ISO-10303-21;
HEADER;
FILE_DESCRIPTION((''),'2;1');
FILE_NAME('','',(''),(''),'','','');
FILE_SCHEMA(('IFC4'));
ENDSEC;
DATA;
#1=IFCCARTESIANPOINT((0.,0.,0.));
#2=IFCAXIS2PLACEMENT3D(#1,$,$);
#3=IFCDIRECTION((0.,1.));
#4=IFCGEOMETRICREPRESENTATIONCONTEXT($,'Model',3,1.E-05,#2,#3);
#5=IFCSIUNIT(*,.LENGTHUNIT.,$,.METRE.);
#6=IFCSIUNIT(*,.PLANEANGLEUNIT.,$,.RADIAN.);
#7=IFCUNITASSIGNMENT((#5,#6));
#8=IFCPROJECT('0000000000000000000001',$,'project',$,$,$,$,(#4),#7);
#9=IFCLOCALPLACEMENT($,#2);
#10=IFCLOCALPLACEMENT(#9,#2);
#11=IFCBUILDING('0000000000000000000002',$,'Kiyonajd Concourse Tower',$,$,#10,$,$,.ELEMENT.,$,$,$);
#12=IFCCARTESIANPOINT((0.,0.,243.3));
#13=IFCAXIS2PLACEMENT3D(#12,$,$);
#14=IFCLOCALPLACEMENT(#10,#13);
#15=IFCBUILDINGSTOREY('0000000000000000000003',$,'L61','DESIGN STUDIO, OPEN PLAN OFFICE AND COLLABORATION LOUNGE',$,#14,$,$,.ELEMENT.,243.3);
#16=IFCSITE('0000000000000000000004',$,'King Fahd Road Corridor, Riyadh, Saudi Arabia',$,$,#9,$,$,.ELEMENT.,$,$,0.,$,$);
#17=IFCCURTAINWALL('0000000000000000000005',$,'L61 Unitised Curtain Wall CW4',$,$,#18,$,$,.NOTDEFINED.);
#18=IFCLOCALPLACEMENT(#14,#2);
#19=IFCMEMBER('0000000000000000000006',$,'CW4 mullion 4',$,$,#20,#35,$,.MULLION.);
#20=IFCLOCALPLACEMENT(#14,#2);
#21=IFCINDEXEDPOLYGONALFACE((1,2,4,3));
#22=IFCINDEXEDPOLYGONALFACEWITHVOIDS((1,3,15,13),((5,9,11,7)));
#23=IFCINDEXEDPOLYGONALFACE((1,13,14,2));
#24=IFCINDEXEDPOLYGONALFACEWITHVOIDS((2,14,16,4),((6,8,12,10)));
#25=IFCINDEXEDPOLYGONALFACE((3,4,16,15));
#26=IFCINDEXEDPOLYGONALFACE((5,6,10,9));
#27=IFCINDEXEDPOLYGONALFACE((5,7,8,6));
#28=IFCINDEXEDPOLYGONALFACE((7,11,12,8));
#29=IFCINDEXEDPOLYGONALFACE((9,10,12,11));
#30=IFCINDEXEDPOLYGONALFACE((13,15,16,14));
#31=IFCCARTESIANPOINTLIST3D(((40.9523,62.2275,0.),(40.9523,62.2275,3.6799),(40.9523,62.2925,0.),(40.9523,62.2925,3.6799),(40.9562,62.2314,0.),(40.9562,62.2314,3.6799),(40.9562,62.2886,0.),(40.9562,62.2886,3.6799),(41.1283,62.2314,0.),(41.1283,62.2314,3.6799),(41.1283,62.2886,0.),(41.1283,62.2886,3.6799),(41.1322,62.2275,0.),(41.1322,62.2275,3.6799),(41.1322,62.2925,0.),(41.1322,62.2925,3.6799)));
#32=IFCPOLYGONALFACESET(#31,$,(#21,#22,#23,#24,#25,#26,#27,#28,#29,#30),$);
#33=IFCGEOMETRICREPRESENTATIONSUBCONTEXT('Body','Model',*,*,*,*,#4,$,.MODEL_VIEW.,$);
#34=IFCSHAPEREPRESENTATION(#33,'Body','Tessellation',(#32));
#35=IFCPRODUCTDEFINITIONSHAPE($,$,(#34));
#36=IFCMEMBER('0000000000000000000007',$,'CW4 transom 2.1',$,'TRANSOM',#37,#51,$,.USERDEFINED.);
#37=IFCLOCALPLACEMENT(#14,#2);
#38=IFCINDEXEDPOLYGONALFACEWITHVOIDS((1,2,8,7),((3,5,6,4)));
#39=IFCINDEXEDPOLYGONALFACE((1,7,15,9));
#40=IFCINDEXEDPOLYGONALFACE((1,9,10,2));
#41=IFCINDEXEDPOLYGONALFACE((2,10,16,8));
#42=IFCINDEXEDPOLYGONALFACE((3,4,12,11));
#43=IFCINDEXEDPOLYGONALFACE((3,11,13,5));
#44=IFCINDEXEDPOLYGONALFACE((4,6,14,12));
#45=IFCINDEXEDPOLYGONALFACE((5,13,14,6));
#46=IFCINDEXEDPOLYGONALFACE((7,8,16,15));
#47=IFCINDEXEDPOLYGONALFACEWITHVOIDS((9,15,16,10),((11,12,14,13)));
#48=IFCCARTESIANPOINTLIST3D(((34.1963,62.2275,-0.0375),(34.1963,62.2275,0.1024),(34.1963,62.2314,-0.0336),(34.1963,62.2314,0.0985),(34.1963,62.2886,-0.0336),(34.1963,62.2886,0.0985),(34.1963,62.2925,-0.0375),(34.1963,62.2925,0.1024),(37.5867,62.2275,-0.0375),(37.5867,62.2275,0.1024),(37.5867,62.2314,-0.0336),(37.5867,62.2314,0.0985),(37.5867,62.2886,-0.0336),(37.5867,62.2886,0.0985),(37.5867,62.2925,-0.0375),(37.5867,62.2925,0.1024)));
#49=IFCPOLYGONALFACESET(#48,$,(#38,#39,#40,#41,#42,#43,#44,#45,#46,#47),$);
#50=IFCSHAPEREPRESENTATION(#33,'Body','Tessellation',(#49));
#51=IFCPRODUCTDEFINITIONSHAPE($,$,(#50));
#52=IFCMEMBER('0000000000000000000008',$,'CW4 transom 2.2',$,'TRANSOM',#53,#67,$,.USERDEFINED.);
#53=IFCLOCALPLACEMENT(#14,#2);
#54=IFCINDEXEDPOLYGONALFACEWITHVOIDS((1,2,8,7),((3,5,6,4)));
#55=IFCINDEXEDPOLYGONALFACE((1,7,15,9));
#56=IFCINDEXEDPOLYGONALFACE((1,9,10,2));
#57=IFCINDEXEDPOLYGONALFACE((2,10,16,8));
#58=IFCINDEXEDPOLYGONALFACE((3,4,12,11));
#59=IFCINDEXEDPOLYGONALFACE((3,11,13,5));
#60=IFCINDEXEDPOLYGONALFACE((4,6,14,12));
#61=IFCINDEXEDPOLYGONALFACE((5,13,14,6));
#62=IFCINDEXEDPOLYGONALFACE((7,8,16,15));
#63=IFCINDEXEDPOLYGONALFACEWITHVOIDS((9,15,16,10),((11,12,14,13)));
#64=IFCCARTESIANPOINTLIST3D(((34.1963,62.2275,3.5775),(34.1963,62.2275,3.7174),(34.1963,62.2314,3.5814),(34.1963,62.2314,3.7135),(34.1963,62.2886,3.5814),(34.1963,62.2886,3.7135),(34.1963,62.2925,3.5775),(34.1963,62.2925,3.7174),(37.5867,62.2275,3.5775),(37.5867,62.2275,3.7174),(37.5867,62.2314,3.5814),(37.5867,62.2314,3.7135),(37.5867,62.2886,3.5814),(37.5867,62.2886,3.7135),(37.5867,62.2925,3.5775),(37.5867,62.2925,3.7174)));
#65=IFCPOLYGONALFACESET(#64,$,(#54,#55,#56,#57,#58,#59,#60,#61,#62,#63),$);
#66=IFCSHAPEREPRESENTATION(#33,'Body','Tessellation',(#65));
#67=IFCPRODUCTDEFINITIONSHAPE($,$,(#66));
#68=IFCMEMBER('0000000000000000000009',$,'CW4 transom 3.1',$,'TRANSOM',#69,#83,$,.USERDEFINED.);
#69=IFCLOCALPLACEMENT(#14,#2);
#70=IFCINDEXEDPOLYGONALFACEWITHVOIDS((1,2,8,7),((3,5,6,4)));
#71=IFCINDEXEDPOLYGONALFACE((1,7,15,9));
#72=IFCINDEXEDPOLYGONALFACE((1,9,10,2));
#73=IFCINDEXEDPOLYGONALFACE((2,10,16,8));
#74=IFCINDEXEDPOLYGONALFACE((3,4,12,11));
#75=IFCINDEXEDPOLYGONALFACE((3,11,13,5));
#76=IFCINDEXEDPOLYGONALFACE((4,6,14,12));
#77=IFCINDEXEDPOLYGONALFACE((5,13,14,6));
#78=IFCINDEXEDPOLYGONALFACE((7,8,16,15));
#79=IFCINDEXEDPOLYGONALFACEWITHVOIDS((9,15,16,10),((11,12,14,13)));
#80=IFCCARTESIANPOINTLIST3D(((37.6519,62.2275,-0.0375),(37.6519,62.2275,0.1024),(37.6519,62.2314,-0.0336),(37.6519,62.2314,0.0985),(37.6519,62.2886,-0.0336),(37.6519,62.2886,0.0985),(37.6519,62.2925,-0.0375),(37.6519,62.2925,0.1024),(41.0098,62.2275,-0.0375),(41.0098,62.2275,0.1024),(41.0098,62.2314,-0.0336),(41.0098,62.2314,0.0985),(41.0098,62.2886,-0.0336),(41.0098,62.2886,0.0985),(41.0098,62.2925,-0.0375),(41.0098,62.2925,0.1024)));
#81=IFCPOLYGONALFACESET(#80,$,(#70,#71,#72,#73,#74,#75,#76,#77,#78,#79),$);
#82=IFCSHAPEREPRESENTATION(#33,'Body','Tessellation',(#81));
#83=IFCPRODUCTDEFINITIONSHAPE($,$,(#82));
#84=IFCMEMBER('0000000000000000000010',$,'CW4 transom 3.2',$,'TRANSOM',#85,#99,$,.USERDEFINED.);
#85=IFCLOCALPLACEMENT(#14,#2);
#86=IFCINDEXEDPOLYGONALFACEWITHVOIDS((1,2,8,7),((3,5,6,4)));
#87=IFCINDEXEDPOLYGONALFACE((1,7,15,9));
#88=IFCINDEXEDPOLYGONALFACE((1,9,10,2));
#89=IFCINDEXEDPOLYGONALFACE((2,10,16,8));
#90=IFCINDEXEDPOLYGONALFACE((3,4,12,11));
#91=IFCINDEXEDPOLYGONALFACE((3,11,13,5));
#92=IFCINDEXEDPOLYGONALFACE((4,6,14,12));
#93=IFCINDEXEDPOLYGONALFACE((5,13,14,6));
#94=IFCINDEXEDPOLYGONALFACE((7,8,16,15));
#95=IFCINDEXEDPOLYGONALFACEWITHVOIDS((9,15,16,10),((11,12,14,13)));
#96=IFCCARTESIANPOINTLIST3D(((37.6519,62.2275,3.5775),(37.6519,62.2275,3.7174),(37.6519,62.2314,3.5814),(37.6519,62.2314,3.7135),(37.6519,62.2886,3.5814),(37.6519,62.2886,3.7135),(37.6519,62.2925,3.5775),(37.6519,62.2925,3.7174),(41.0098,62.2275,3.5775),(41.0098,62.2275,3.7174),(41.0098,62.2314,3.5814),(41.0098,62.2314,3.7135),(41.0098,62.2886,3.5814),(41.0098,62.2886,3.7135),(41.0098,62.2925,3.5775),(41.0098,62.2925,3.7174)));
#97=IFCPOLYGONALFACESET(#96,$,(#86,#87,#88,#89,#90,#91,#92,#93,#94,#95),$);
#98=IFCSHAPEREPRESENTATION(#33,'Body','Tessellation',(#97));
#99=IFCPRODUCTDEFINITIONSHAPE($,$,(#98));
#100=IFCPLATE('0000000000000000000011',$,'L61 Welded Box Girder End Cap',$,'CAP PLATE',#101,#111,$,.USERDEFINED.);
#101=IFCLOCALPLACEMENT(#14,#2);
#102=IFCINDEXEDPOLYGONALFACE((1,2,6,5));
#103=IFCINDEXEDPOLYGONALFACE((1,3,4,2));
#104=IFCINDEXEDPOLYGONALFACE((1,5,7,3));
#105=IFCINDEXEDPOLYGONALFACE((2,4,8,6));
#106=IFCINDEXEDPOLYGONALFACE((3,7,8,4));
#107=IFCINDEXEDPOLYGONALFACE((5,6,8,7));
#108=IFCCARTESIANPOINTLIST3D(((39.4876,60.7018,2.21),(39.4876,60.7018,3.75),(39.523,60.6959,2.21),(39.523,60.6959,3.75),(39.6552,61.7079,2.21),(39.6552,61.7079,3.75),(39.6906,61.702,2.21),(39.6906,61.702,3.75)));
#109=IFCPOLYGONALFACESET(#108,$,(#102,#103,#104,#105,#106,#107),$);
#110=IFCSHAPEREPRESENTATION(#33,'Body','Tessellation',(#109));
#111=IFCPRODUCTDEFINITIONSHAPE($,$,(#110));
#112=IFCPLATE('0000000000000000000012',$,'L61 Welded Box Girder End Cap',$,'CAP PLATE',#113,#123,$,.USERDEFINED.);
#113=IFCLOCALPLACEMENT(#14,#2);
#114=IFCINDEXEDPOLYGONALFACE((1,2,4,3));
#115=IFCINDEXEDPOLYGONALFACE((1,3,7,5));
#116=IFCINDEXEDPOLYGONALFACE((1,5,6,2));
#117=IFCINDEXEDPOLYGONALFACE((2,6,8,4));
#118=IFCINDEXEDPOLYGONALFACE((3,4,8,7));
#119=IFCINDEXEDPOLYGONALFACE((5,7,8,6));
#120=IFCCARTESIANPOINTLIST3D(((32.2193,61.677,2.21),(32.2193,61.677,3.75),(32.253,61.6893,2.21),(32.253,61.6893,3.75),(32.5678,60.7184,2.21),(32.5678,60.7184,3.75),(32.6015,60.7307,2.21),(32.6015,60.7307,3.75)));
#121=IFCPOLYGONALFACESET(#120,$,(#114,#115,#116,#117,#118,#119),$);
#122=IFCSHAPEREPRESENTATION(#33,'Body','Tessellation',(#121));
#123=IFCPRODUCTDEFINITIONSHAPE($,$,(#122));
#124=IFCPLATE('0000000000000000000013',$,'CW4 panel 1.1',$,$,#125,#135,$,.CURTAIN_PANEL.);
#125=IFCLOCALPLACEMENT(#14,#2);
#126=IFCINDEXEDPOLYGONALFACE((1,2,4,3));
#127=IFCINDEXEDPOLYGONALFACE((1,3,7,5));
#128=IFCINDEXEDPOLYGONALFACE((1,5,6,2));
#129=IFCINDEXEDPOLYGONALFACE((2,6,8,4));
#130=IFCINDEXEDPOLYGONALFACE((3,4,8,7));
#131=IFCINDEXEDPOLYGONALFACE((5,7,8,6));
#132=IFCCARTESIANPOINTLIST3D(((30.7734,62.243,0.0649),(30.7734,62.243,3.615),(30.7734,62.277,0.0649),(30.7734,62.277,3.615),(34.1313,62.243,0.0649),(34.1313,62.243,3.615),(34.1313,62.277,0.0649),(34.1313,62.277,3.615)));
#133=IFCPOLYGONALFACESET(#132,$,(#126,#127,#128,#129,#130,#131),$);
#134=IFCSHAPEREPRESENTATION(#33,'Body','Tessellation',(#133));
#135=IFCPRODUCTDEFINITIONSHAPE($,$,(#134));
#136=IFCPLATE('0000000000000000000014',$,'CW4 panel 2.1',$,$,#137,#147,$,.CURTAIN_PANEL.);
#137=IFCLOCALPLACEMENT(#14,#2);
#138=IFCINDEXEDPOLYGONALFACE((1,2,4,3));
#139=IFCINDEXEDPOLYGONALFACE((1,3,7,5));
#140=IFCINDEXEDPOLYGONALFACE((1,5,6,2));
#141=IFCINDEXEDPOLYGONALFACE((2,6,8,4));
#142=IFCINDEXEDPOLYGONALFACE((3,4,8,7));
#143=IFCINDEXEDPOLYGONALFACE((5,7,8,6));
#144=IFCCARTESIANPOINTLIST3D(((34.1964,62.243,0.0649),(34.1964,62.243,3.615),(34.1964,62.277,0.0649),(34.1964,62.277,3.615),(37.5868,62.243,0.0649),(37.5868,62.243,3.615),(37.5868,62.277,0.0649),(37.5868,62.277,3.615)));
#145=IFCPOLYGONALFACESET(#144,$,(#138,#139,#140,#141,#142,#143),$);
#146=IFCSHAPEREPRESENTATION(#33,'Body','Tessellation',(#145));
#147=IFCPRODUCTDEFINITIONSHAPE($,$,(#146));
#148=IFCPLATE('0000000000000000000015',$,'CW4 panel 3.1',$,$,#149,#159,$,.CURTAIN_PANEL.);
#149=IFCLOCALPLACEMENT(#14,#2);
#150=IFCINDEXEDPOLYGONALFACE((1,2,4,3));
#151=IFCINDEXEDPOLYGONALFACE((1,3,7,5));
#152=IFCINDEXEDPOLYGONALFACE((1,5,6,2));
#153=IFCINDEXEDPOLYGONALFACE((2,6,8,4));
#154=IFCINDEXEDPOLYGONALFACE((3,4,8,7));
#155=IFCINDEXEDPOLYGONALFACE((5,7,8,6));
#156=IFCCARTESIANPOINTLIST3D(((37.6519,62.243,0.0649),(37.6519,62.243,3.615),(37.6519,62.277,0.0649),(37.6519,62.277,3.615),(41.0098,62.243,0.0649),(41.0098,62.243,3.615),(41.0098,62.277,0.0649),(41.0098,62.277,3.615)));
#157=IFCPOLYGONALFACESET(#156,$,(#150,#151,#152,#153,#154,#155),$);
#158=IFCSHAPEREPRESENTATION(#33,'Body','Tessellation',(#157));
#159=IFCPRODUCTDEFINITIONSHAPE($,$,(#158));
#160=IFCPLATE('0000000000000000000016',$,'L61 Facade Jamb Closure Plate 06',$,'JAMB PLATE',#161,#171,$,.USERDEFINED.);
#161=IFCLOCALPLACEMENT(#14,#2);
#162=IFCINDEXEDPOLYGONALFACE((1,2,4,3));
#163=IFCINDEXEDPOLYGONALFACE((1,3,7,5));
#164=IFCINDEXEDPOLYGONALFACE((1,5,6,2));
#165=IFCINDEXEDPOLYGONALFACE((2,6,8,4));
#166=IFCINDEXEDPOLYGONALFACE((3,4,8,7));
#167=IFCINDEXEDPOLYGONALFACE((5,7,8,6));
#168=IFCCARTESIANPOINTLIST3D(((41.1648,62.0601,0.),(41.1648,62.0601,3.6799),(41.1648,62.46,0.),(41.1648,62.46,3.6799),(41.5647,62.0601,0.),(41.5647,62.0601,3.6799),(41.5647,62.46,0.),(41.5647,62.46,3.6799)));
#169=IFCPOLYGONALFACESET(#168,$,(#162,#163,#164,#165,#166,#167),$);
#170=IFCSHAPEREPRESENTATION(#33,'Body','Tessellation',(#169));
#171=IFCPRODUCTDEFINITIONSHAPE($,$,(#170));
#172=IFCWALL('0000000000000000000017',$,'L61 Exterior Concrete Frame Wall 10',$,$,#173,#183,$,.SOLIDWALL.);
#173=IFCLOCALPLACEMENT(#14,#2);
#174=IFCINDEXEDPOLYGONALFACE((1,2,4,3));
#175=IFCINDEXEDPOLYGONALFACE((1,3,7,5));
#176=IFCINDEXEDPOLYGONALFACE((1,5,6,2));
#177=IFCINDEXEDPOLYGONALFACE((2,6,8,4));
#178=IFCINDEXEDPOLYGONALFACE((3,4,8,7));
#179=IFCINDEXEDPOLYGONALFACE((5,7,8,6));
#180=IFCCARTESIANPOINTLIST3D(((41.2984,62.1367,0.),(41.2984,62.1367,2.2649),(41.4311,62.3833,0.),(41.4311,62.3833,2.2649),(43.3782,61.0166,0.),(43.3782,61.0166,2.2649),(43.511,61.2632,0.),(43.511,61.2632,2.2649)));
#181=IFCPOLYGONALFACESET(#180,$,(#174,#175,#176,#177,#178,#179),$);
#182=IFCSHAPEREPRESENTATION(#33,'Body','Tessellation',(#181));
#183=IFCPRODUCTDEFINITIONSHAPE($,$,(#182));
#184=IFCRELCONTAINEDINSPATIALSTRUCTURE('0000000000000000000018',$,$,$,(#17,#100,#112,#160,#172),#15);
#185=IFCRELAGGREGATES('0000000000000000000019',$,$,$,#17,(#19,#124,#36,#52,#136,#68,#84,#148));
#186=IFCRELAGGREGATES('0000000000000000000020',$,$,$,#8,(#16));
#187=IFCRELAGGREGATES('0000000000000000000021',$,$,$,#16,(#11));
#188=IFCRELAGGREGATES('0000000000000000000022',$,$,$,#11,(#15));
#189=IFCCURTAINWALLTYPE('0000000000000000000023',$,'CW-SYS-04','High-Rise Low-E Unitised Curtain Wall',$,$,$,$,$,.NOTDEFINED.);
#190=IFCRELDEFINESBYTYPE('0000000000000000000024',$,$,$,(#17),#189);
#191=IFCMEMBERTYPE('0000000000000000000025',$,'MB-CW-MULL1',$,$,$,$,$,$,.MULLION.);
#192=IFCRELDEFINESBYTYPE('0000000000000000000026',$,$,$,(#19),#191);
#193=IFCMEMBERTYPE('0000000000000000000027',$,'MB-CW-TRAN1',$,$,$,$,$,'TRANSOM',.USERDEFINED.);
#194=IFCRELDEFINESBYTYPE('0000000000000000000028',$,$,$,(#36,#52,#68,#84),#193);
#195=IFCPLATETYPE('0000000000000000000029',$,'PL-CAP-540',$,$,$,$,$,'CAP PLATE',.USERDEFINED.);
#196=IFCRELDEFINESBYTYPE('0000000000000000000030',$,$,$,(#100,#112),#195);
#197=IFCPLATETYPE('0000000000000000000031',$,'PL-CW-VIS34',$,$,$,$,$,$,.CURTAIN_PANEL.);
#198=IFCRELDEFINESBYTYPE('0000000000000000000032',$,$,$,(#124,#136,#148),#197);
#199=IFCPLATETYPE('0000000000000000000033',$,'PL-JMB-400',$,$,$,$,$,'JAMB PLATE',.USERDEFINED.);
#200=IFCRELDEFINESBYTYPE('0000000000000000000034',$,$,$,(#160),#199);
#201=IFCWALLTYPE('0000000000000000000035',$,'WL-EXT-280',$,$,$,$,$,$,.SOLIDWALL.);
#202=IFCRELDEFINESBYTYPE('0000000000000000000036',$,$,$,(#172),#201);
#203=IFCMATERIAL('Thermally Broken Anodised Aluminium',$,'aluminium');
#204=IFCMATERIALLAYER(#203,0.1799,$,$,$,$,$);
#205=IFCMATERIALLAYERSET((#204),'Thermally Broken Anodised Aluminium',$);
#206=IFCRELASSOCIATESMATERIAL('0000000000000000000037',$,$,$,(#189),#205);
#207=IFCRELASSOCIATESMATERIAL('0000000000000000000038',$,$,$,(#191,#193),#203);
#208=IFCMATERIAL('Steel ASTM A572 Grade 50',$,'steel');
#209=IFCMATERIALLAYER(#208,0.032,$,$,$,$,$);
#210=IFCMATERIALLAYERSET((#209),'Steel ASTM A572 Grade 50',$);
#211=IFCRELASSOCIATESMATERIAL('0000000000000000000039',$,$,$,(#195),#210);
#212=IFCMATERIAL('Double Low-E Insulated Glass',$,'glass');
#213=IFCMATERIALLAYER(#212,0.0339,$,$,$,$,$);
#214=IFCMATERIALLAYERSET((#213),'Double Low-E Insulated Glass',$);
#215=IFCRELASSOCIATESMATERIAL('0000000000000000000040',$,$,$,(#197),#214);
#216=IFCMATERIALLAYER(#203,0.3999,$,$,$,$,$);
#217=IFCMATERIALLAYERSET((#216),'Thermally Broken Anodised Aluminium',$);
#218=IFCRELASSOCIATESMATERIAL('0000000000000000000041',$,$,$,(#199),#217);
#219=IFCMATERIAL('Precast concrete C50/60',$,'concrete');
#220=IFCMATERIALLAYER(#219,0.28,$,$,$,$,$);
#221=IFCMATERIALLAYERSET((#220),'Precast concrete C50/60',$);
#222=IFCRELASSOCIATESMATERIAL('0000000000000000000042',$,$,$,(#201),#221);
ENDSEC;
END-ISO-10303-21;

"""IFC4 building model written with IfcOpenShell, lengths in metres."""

from ifc_helpers import new_model, si_unit, direction, frame, frame_2d, origin, origin_2d, place, context, subcontext, project, spatial, rectangle, hollow_rectangle, extrude, material, layer, layer_set, material_profile, profile_set, type_object, element, aggregate, save


model = new_model("IFC4")

# Units and contexts
model_context = context("Model", 3, precision=1e-05, world=origin(), true_north=direction((0.0, 1.0)))
body_context = subcontext(model_context, "Body", "Model", "MODEL_VIEW")
ifc_project = project(units=[si_unit("LENGTHUNIT", "METRE"), si_unit("PLANEANGLEUNIT", "RADIAN")], contexts=[model_context])

# Site, building, storey
site_placement = place(None, origin())
site = spatial("IfcSite", under=ifc_project, at=site_placement, Name="King Fahd Road Corridor, Riyadh, Saudi Arabia", CompositionType="ELEMENT", RefElevation=0.0)
building_placement = place(site_placement, origin())
building = spatial("IfcBuilding", under=site, at=building_placement, Name="Kiyonajd Concourse Tower", CompositionType="ELEMENT")
storey_placement = place(building_placement, frame((0.0, 0.0, 243.3)))
storey = spatial("IfcBuildingStorey", under=building, at=storey_placement, Name="L61", Description="DESIGN STUDIO, OPEN PLAN OFFICE AND COLLABORATION LOUNGE", CompositionType="ELEMENT", Elevation=243.3)

# Curtain wall, members
ifc_material_1 = material(Name="Thermally Broken Anodised Aluminium", Category="aluminium")
ifc_layer_1 = layer(ifc_material_1, 0.1799)
ifc_layer_set_1 = layer_set([ifc_layer_1], Name="Thermally Broken Anodised Aluminium")
curtain_wall_type = type_object("IfcCurtainWallType", Name="CW-SYS-04", Description="High-Rise Low-E Unitised Curtain Wall", PredefinedType="NOTDEFINED", material=ifc_layer_set_1)
curtain_wall_placement = place(storey_placement, origin())
curtain_wall = element("IfcCurtainWall", 1, at=curtain_wall_placement, inside=storey, type_object=curtain_wall_type, Name="L61 Unitised Curtain Wall CW4", PredefinedType="NOTDEFINED")
ifc_material_profile_1 = material_profile(ifc_material_1, hollow_rectangle(XDim=0.0649, YDim=0.1799, WallThickness=0.0039, at=origin_2d()), Name="MULL-65x180")
ifc_profile_set_1 = profile_set([ifc_material_profile_1], Name="Thermally Broken Anodised Aluminium")
member_type_1 = type_object("IfcMemberType", Name="MB-CW-MULL1", PredefinedType="MULLION", material=ifc_profile_set_1)
member_1_placement = place(storey_placement, frame((41.0422, 62.26, 0.0), z_axis=(0.0, 0.0, 1.0), x_axis=(0.0, 1.0, 0.0)))
member_1 = element("IfcMember", 2, at=member_1_placement, type_object=member_type_1, Name="CW4 mullion 4", PredefinedType="MULLION", context=body_context, shape_type="SweptSolid", body=[
    extrude(hollow_rectangle(XDim=0.0649, YDim=0.1799, WallThickness=0.0039, at=origin_2d()), origin(), (0.0, 0.0, 1.0), 3.6799),
])
ifc_material_profile_2 = material_profile(ifc_material_1, hollow_rectangle(XDim=0.0649, YDim=0.1399, WallThickness=0.0039, at=origin_2d()), Name="TRAN-65x140")
ifc_profile_set_2 = profile_set([ifc_material_profile_2], Name="Thermally Broken Anodised Aluminium")
member_type_2 = type_object("IfcMemberType", Name="MB-CW-TRAN1", ElementType="TRANSOM", PredefinedType="USERDEFINED", material=ifc_profile_set_2)
member_2_placement = place(storey_placement, frame((34.1963, 62.26, 0.0325), z_axis=(1.0, 0.0, 0.0), x_axis=(0.0, 1.0, 0.0)))
member_2 = element("IfcMember", 3, at=member_2_placement, type_object=member_type_2, Name="CW4 transom 2.1", ObjectType="TRANSOM", PredefinedType="USERDEFINED", context=body_context, shape_type="SweptSolid", body=[
    extrude(hollow_rectangle(XDim=0.0649, YDim=0.1399, WallThickness=0.0039, at=origin_2d()), origin(), (0.0, 0.0, 1.0), 3.3904),
])
member_3_placement = place(storey_placement, frame((34.1963, 62.26, 3.6475), z_axis=(1.0, 0.0, 0.0), x_axis=(0.0, 1.0, 0.0)))
member_3 = element("IfcMember", 4, at=member_3_placement, type_object=member_type_2, Name="CW4 transom 2.2", ObjectType="TRANSOM", PredefinedType="USERDEFINED", context=body_context, shape_type="SweptSolid", body=[
    extrude(hollow_rectangle(XDim=0.0649, YDim=0.1399, WallThickness=0.0039, at=origin_2d()), origin(), (0.0, 0.0, 1.0), 3.3904),
])
member_4_placement = place(storey_placement, frame((37.6519, 62.26, 0.0325), z_axis=(1.0, 0.0, 0.0), x_axis=(0.0, 1.0, 0.0)))
member_4 = element("IfcMember", 5, at=member_4_placement, type_object=member_type_2, Name="CW4 transom 3.1", ObjectType="TRANSOM", PredefinedType="USERDEFINED", context=body_context, shape_type="SweptSolid", body=[
    extrude(hollow_rectangle(XDim=0.0649, YDim=0.1399, WallThickness=0.0039, at=origin_2d()), origin(), (0.0, 0.0, 1.0), 3.3579),
])
member_5_placement = place(storey_placement, frame((37.6519, 62.26, 3.6475), z_axis=(1.0, 0.0, 0.0), x_axis=(0.0, 1.0, 0.0)))
member_5 = element("IfcMember", 6, at=member_5_placement, type_object=member_type_2, Name="CW4 transom 3.2", ObjectType="TRANSOM", PredefinedType="USERDEFINED", context=body_context, shape_type="SweptSolid", body=[
    extrude(hollow_rectangle(XDim=0.0649, YDim=0.1399, WallThickness=0.0039, at=origin_2d()), origin(), (0.0, 0.0, 1.0), 3.3579),
])

# Plates
ifc_material_2 = material(Name="Steel ASTM A572 Grade 50", Category="steel")
ifc_layer_2 = layer(ifc_material_2, 0.032)
ifc_layer_set_2 = layer_set([ifc_layer_2], Name="Steel ASTM A572 Grade 50")
plate_type_1 = type_object("IfcPlateType", Name="PL-CAP-540", ElementType="CAP PLATE", PredefinedType="USERDEFINED", material=ifc_layer_set_2)
for number, where, z_axis, x_axis, name in (
    (7, (39.5891, 61.2019, 2.21), (0.0, 0.0, 1.0), (-0.986401, 0.164359, 0.0), "L61 Welded Box Girder End Cap"),
    (8, (32.4104, 61.2039, 2.21), (0.0, 0.0, 1.0), (0.939812, 0.341692, 0.0), "L61 Welded Box Girder End Cap"),
):
    element("IfcPlate", number, at=place(storey_placement, frame(where, z_axis=z_axis, x_axis=x_axis)), inside=storey, type_object=plate_type_1, Name=name, ObjectType="CAP PLATE", PredefinedType="USERDEFINED", context=body_context, shape_type="SweptSolid", body=[
        extrude(rectangle(XDim=0.0359, YDim=1.02, at=origin_2d()), origin(), (0.0, 0.0, 1.0), 1.54),
    ])

# Plates
ifc_material_3 = material(Name="Double Low-E Insulated Glass", Category="glass")
ifc_layer_3 = layer(ifc_material_3, 0.0339)
ifc_layer_set_3 = layer_set([ifc_layer_3], Name="Double Low-E Insulated Glass")
plate_type_2 = type_object("IfcPlateType", Name="PL-CW-VIS34", PredefinedType="CURTAIN_PANEL", material=ifc_layer_set_3)
plate_1_placement = place(storey_placement, frame((32.4524, 62.26, 0.0649), z_axis=(0.0, 0.0, 1.0), x_axis=(1.0, 0.0, 0.0)))
plate_1 = element("IfcPlate", 9, at=plate_1_placement, type_object=plate_type_2, Name="CW4 panel 1.1", PredefinedType="CURTAIN_PANEL", context=body_context, shape_type="SweptSolid", body=[
    extrude(rectangle(XDim=3.3579, YDim=0.0339, at=origin_2d()), origin(), (0.0, 0.0, 1.0), 3.55),
])
plate_2_placement = place(storey_placement, frame((35.8916, 62.26, 0.0649), z_axis=(0.0, 0.0, 1.0), x_axis=(1.0, 0.0, 0.0)))
plate_2 = element("IfcPlate", 10, at=plate_2_placement, type_object=plate_type_2, Name="CW4 panel 2.1", PredefinedType="CURTAIN_PANEL", context=body_context, shape_type="SweptSolid", body=[
    extrude(rectangle(XDim=3.3904, YDim=0.0339, at=origin_2d()), origin(), (0.0, 0.0, 1.0), 3.55),
])
plate_3_placement = place(storey_placement, frame((39.3308, 62.26, 0.0649), z_axis=(0.0, 0.0, 1.0), x_axis=(1.0, 0.0, 0.0)))
plate_3 = element("IfcPlate", 11, at=plate_3_placement, type_object=plate_type_2, Name="CW4 panel 3.1", PredefinedType="CURTAIN_PANEL", context=body_context, shape_type="SweptSolid", body=[
    extrude(rectangle(XDim=3.3579, YDim=0.0339, at=origin_2d()), origin(), (0.0, 0.0, 1.0), 3.55),
])
aggregate(curtain_wall, [member_1, plate_1, member_2, member_3, plate_2, member_4, member_5, plate_3])
ifc_layer_4 = layer(ifc_material_1, 0.3999)
ifc_layer_set_4 = layer_set([ifc_layer_4], Name="Thermally Broken Anodised Aluminium")
plate_type_3 = type_object("IfcPlateType", Name="PL-JMB-400", ElementType="JAMB PLATE", PredefinedType="USERDEFINED", material=ifc_layer_set_4)
plate_4_placement = place(storey_placement, frame((41.3647, 62.26, 0.0), z_axis=(0.0, 0.0, 1.0), x_axis=(1.0, 0.0, 0.0)))
element("IfcPlate", 12, at=plate_4_placement, inside=storey, type_object=plate_type_3, Name="L61 Facade Jamb Closure Plate 06", ObjectType="JAMB PLATE", PredefinedType="USERDEFINED", context=body_context, shape_type="SweptSolid", body=[
    extrude(rectangle(XDim=0.3999, YDim=0.3999, at=origin_2d()), origin(), (0.0, 0.0, 1.0), 3.6799),
])

# Wall
ifc_material_4 = material(Name="Precast concrete C50/60", Category="concrete")
ifc_layer_5 = layer(ifc_material_4, 0.28)
ifc_layer_set_5 = layer_set([ifc_layer_5], Name="Precast concrete C50/60")
wall_type = type_object("IfcWallType", Name="WL-EXT-280", PredefinedType="SOLIDWALL", material=ifc_layer_set_5)
wall_1_placement = place(storey_placement, frame((41.3647, 62.26, 0.0), z_axis=(0.0, 0.0, 1.0), x_axis=(0.880435, -0.474168, 0.0)))
element("IfcWall", 13, at=wall_1_placement, inside=storey, type_object=wall_type, Name="L61 Exterior Concrete Frame Wall 10", PredefinedType="SOLIDWALL", context=body_context, shape_type="SweptSolid", body=[
    extrude(rectangle(XDim=2.3623, YDim=0.28, at=frame_2d((1.1812, 0.0))), origin(), (0.0, 0.0, 1.0), 2.2649),
])

save(model, "model.ifc")
